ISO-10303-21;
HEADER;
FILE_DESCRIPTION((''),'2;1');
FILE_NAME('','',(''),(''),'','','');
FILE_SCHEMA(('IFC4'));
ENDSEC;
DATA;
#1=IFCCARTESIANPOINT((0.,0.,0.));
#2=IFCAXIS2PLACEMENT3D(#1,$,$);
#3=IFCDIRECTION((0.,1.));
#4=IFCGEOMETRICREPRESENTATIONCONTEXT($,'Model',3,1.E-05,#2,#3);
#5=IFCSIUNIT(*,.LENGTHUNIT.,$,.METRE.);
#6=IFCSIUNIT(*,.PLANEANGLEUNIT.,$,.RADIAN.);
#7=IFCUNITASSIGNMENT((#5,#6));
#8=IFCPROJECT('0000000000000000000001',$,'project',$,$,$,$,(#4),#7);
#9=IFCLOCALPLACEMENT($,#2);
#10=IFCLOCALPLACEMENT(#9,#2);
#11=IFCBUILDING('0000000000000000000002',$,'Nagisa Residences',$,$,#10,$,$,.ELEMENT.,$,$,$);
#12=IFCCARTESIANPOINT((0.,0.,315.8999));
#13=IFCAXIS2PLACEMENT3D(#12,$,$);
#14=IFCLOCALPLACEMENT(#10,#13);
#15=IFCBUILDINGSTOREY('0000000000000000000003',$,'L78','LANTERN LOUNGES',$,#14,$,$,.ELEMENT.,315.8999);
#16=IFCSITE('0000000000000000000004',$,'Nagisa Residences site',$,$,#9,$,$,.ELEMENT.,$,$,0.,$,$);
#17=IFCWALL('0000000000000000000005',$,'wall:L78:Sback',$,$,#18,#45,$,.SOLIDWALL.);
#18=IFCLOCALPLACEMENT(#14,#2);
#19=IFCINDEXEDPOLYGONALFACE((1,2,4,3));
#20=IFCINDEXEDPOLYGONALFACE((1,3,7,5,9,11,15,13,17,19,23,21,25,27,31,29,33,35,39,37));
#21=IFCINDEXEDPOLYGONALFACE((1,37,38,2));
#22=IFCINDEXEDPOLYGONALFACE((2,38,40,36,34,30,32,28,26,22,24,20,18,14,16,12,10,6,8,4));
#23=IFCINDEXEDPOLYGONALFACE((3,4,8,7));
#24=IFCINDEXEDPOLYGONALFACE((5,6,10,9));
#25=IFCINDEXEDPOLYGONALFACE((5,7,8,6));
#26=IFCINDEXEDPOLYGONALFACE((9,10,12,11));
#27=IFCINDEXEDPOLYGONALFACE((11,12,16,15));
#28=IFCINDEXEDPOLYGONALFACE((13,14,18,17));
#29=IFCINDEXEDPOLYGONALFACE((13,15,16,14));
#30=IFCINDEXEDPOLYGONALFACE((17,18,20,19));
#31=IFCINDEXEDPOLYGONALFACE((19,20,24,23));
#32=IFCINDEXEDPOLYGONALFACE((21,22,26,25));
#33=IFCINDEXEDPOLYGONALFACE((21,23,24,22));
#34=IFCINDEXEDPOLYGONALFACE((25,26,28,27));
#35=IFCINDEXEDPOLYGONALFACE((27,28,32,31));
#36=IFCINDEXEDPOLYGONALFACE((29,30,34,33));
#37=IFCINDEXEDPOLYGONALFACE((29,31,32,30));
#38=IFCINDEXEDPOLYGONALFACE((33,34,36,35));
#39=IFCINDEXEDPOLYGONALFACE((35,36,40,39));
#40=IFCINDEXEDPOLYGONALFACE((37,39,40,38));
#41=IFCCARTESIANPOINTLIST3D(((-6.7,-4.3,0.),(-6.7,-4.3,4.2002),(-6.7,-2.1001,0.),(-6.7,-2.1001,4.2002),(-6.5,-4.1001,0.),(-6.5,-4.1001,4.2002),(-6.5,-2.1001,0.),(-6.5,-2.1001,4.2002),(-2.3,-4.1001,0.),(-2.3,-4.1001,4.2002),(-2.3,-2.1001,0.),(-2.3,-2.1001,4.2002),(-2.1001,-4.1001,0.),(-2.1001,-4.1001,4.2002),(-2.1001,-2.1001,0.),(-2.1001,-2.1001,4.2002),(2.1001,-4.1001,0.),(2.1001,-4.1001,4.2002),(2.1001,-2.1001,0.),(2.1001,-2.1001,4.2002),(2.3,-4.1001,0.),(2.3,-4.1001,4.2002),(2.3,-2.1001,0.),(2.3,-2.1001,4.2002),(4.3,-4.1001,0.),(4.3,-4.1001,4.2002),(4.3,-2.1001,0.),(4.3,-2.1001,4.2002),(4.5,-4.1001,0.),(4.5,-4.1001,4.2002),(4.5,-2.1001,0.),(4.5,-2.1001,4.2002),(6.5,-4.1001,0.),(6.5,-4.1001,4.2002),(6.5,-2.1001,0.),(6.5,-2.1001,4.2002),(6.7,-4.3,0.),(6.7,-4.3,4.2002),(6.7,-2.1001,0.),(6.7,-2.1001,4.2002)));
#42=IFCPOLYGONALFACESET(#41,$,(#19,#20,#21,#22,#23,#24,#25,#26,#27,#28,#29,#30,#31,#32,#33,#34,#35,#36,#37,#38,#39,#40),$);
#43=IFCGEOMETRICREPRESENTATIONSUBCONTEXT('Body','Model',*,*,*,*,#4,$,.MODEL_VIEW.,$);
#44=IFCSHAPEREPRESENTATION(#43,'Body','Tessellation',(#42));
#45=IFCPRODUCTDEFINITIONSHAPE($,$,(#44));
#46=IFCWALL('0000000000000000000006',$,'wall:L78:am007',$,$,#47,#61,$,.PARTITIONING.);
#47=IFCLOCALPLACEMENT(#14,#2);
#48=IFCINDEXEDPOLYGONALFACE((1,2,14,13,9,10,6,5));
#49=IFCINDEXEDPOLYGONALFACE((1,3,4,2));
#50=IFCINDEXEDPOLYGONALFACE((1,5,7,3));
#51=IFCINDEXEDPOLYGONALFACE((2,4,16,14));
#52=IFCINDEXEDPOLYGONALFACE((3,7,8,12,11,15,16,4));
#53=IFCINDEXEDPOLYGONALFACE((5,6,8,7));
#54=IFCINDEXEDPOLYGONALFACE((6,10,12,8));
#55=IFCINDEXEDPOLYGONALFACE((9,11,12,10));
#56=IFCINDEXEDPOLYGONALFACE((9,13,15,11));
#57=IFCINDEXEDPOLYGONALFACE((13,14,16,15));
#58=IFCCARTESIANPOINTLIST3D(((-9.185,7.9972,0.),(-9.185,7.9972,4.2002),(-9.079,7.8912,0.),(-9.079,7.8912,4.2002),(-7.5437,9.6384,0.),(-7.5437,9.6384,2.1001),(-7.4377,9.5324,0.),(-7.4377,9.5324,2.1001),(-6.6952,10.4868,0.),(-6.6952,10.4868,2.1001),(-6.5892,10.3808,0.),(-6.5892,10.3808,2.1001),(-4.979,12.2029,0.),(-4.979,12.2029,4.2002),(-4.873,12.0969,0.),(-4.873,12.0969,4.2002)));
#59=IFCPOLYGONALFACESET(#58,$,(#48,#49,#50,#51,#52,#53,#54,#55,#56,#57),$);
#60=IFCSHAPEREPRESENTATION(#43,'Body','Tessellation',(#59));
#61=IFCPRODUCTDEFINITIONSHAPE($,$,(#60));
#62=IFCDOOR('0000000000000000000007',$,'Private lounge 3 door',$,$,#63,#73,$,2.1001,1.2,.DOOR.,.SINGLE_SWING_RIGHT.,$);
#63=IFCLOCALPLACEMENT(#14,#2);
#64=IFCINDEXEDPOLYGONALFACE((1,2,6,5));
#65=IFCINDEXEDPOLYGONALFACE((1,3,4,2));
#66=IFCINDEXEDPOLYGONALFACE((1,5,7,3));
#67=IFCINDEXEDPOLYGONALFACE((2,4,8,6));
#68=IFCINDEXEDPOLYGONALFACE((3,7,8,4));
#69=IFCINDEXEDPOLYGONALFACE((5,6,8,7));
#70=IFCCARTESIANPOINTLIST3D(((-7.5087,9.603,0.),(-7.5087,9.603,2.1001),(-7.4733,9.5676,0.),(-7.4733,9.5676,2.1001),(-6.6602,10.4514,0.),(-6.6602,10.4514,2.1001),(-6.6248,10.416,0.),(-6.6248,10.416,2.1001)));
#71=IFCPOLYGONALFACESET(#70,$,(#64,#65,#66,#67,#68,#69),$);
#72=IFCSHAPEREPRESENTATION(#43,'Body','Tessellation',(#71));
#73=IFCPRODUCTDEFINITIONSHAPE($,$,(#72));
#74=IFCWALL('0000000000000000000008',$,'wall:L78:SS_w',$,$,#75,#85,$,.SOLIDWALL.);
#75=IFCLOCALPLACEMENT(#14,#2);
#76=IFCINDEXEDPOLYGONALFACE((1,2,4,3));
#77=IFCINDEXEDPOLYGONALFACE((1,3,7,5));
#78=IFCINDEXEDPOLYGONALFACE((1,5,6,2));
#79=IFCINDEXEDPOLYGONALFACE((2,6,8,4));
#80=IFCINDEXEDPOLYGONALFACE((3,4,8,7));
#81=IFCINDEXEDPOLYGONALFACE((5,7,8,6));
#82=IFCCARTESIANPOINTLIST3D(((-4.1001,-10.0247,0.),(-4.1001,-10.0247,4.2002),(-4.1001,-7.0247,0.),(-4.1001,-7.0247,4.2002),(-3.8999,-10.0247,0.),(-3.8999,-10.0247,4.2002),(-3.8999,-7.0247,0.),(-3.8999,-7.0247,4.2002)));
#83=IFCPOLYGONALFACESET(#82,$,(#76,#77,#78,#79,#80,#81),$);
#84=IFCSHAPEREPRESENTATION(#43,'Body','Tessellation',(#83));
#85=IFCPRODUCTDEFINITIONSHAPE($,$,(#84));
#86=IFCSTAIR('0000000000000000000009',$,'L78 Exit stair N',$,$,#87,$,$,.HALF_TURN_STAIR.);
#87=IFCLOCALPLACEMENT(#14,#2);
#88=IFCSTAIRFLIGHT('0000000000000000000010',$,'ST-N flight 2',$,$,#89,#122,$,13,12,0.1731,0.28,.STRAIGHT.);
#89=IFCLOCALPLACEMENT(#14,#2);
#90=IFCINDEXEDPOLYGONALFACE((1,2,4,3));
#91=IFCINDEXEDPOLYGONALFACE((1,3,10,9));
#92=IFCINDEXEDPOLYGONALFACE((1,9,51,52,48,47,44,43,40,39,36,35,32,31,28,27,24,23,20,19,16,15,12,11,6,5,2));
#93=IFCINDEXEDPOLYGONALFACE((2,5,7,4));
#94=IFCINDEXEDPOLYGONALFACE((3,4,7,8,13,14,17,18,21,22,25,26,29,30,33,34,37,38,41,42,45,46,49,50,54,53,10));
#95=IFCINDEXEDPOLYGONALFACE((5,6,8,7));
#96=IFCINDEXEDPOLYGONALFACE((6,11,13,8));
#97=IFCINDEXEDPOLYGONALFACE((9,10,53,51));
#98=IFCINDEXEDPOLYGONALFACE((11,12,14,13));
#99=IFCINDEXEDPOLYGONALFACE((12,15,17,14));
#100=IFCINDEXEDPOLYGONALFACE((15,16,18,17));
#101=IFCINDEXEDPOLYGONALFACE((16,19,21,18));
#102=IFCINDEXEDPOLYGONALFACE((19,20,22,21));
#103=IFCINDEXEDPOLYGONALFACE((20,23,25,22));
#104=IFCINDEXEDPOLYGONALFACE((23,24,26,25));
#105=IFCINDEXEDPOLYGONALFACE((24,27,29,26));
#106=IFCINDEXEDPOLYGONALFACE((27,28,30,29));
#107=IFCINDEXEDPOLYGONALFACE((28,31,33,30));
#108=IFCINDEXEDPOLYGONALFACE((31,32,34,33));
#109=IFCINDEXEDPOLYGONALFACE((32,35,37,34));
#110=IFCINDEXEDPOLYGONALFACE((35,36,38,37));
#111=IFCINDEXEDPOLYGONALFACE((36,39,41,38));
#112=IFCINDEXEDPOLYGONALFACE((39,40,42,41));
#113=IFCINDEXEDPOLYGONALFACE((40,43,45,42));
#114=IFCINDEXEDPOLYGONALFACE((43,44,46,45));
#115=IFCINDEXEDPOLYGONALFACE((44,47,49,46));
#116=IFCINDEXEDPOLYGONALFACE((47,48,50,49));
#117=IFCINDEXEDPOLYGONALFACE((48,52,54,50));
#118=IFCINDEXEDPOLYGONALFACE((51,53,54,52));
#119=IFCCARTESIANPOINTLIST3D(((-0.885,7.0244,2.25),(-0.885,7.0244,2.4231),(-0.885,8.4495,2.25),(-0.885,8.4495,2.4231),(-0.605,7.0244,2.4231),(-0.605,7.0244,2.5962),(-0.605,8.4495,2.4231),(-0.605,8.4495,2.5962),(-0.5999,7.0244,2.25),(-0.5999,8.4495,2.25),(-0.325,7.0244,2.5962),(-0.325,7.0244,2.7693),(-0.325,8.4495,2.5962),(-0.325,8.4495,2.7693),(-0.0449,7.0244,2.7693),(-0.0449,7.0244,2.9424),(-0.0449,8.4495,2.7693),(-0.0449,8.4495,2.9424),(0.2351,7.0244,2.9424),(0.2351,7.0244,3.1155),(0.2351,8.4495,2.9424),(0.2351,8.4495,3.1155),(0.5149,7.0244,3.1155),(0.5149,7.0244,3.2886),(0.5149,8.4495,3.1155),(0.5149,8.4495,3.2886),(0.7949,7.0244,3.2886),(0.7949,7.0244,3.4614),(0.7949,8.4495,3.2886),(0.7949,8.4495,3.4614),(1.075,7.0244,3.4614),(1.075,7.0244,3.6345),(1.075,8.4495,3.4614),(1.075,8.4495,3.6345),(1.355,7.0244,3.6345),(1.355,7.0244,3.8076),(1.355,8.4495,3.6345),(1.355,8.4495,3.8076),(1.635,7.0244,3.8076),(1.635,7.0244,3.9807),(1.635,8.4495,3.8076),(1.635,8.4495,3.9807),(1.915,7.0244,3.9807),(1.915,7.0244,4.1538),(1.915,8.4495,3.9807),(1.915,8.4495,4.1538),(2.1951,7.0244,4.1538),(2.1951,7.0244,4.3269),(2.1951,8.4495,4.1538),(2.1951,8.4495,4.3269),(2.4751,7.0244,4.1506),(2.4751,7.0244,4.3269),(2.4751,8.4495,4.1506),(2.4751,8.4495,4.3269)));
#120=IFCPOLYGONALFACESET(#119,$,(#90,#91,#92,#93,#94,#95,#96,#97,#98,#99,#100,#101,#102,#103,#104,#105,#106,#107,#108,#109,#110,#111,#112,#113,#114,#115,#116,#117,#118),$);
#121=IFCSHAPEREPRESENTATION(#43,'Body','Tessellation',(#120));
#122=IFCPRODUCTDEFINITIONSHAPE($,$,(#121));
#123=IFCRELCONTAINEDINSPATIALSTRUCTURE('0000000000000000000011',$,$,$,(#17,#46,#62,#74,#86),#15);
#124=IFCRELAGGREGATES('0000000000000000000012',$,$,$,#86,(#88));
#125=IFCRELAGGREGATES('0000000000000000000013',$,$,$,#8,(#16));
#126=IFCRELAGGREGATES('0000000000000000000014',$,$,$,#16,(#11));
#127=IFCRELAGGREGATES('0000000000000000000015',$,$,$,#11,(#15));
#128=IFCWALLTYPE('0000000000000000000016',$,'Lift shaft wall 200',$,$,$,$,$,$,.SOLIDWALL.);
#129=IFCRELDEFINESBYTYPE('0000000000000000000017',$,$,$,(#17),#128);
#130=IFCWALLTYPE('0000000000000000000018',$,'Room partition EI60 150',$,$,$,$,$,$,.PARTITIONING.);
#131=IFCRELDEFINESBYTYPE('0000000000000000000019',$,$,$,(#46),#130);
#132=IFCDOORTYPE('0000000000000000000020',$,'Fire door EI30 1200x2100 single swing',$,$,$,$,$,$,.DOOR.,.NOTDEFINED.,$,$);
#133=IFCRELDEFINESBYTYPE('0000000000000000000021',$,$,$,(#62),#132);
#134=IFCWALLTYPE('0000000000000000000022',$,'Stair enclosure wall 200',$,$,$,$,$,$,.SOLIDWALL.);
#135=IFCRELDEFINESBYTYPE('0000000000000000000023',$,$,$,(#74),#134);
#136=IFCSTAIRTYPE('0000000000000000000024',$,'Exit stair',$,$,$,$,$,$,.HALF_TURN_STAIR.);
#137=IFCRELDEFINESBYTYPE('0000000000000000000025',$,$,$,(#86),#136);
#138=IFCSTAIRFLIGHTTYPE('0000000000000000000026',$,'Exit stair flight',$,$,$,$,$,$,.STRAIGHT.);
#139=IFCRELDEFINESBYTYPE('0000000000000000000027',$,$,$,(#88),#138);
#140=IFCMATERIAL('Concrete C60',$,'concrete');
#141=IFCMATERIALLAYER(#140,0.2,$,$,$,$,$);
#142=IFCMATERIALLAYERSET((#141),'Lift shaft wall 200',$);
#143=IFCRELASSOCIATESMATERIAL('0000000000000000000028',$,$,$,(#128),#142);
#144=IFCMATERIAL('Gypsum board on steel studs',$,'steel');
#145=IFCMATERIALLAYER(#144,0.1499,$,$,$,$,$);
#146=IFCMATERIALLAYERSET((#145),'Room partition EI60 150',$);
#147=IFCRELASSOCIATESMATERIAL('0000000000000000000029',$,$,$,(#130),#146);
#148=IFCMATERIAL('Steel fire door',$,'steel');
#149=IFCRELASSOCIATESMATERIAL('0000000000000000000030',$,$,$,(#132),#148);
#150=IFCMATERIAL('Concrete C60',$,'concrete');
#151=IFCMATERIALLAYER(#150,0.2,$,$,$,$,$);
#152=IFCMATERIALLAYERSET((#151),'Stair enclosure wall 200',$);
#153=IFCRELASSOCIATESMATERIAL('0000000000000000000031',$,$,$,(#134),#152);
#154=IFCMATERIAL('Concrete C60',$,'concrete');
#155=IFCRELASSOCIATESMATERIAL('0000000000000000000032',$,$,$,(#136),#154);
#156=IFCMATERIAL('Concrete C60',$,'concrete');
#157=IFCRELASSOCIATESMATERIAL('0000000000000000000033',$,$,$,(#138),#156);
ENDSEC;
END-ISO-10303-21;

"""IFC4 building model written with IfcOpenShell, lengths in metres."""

from ifc_helpers import new_model, si_unit, direction, frame, frame_2d, origin, place, context, subcontext, project, spatial, polyline, rectangle, outline, extrude, material, layer, layer_set, type_object, element, fill, aggregate, save


model = new_model("IFC4")

# Units and contexts
model_context = context("Model", 3, precision=1e-05, world=origin(), true_north=direction((0.0, 1.0)))
body_context = subcontext(model_context, "Body", "Model", "MODEL_VIEW")
ifc_project = project(units=[si_unit("LENGTHUNIT", "METRE"), si_unit("PLANEANGLEUNIT", "RADIAN")], contexts=[model_context])

# Site, building, storey
site_placement = place(None, origin())
site = spatial("IfcSite", under=ifc_project, at=site_placement, Name="Nagisa Residences site", CompositionType="ELEMENT", RefElevation=0.0)
building_placement = place(site_placement, origin())
building = spatial("IfcBuilding", under=site, at=building_placement, Name="Nagisa Residences", CompositionType="ELEMENT")
storey_placement = place(building_placement, frame((0.0, 0.0, 315.8999)))
storey = spatial("IfcBuildingStorey", under=building, at=storey_placement, Name="L78", Description="LANTERN LOUNGES", CompositionType="ELEMENT", Elevation=315.8999)

# Shared definitions
ifc_material_1 = material(Name="Concrete C60", Category="concrete")
ifc_layer_1 = layer(ifc_material_1, 0.2)
ifc_layer_set_1 = layer_set([ifc_layer_1], Name="Lift shaft wall 200")
wall_type_1 = type_object("IfcWallType", Name="Lift shaft wall 200", PredefinedType="SOLIDWALL", material=ifc_layer_set_1)

# Wall
wall_1_placement = place(storey_placement, origin())
element("IfcWall", 1, at=wall_1_placement, inside=storey, type_object=wall_type_1, Name="wall:L78:Sback", PredefinedType="SOLIDWALL", context=body_context, shape_type="SweptSolid", body=[
    extrude(outline(polyline([(-6.7, -2.1001), (-6.5, -2.1001), (-6.5, -4.1001), (-2.3, -4.1001), (-2.3, -2.1001), (-2.1001, -2.1001), (-2.1001, -4.1001), (2.1001, -4.1001), (2.1001, -2.1001), (2.3, -2.1001), (2.3, -4.1001), (4.3, -4.1001), (4.3, -2.1001), (4.5, -2.1001), (4.5, -4.1001), (6.5, -4.1001), (6.5, -2.1001), (6.7, -2.1001), (6.7, -4.3), (-6.7, -4.3), (-6.7, -2.1001)])), origin(), (0.0, 0.0, 1.0), 4.2002),
])

# Wall, opening, door
ifc_material_2 = material(Name="Gypsum board on steel studs", Category="steel")
ifc_layer_2 = layer(ifc_material_2, 0.1499)
ifc_layer_set_2 = layer_set([ifc_layer_2], Name="Room partition EI60 150")
wall_type_2 = type_object("IfcWallType", Name="Room partition EI60 150", PredefinedType="PARTITIONING", material=ifc_layer_set_2)
wall_2_placement = place(storey_placement, frame((-9.1321, 7.9441, 0.0), z_axis=(0.0, 0.0, 1.0), x_axis=(0.707127, 0.707086, 0.0)))
wall_2 = element("IfcWall", 2, at=wall_2_placement, inside=storey, type_object=wall_type_2, Name="wall:L78:am007", PredefinedType="PARTITIONING", context=body_context, shape_type="SweptSolid", body=[
    extrude(rectangle(XDim=5.948, YDim=0.1499, at=frame_2d((2.9741, 0.0))), origin(), (0.0, 0.0, 1.0), 4.2002),
])
opening_1_placement = place(wall_2_placement, frame((2.321, 0.0, 0.0)))
opening_1 = element("IfcOpeningElement", 3, at=opening_1_placement, cuts=wall_2, PredefinedType="OPENING", context=body_context, shape_type="SweptSolid", body=[
    extrude(rectangle(XDim=1.2, YDim=2.1001, at=frame_2d((0.6001, 1.05))), frame((0.0, 0.085, 0.0), z_axis=(0.0, -1.0, 0.0), x_axis=(1.0, 0.0, 0.0)), (0.0, 0.0, 1.0), 0.1699),
])
ifc_material_3 = material(Name="Steel fire door", Category="steel")
door_type_1 = type_object("IfcDoorType", Name="Fire door EI30 1200x2100 single swing", OperationType="NOTDEFINED", PredefinedType="DOOR", material=ifc_material_3)
door_1_placement = place(opening_1_placement, frame((1.2, 0.0, 0.0), x_axis=(-1.0, 0.0, 0.0)))
door_1 = element("IfcDoor", 4, at=door_1_placement, inside=storey, type_object=door_type_1, Name="Private lounge 3 door", OperationType="SINGLE_SWING_RIGHT", OverallHeight=2.1001, OverallWidth=1.2, PredefinedType="DOOR", context=body_context, shape_type="SweptSolid", body=[
    extrude(rectangle(XDim=1.2, YDim=2.1001, at=frame_2d((0.6001, 1.05))), frame((0.0, 0.0249, 0.0), z_axis=(0.0, -1.0, 0.0), x_axis=(1.0, 0.0, 0.0)), (0.0, 0.0, 1.0), 0.05),
])
fill(opening_1, door_1)

# Wall
ifc_material_4 = material(Name="Concrete C60", Category="concrete")
ifc_layer_3 = layer(ifc_material_4, 0.2)
ifc_layer_set_3 = layer_set([ifc_layer_3], Name="Stair enclosure wall 200")
wall_type_3 = type_object("IfcWallType", Name="Stair enclosure wall 200", PredefinedType="SOLIDWALL", material=ifc_layer_set_3)
wall_3_placement = place(storey_placement, origin())
element("IfcWall", 5, at=wall_3_placement, inside=storey, type_object=wall_type_3, Name="wall:L78:SS_w", PredefinedType="SOLIDWALL", context=body_context, shape_type="SweptSolid", body=[
    extrude(outline(polyline([(-3.8999, -10.0247), (-4.1001, -10.0247), (-4.1001, -7.0247), (-3.8999, -7.0247), (-3.8999, -10.0247)])), origin(), (0.0, 0.0, 1.0), 4.2002),
])

# Stair, stair flight
ifc_material_5 = material(Name="Concrete C60", Category="concrete")
stair_type = type_object("IfcStairType", Name="Exit stair", PredefinedType="HALF_TURN_STAIR", material=ifc_material_5)
stair_placement = place(storey_placement, origin())
stair = element("IfcStair", 6, at=stair_placement, inside=storey, type_object=stair_type, Name="L78 Exit stair N", PredefinedType="HALF_TURN_STAIR")
ifc_material_6 = material(Name="Concrete C60", Category="concrete")
stair_flight_type = type_object("IfcStairFlightType", Name="Exit stair flight", PredefinedType="STRAIGHT", material=ifc_material_6)
stair_flight_placement = place(storey_placement, frame((-0.885, 7.7371, 2.25), z_axis=(0.0, 0.0, 1.0), x_axis=(1.0, 0.0, 0.0)))
stair_flight = element("IfcStairFlight", 7, at=stair_flight_placement, type_object=stair_flight_type, Name="ST-N flight 2", NumberOfRisers=13, NumberOfTreads=12, PredefinedType="STRAIGHT", RiserHeight=0.1731, TreadLength=0.28, context=body_context, shape_type="SweptSolid", body=[
    extrude(outline(polyline([(0.0, 0.0), (0.0, 0.1731), (0.28, 0.1731), (0.28, 0.3462), (0.5601, 0.3462), (0.5601, 0.5193), (0.8401, 0.5193), (0.8401, 0.6924), (1.1201, 0.6924), (1.1201, 0.8655), (1.3999, 0.8655), (1.3999, 1.0386), (1.6799, 1.0386), (1.6799, 1.2114), (1.96, 1.2114), (1.96, 1.3845), (2.24, 1.3845), (2.24, 1.5576), (2.52, 1.5576), (2.52, 1.7307), (2.8, 1.7307), (2.8, 1.9038), (3.0801, 1.9038), (3.0801, 2.0769), (3.3601, 2.0769), (3.3601, 2.25), (3.3601, 1.9006), (0.2852, 0.0), (0.0, 0.0)])), frame((0.0, 0.7124, 0.0), z_axis=(0.0, -1.0, 0.0), x_axis=(1.0, 0.0, 0.0)), (0.0, 0.0, 1.0), 1.425),
])
aggregate(stair, [stair_flight])

save(model, "model.ifc")
